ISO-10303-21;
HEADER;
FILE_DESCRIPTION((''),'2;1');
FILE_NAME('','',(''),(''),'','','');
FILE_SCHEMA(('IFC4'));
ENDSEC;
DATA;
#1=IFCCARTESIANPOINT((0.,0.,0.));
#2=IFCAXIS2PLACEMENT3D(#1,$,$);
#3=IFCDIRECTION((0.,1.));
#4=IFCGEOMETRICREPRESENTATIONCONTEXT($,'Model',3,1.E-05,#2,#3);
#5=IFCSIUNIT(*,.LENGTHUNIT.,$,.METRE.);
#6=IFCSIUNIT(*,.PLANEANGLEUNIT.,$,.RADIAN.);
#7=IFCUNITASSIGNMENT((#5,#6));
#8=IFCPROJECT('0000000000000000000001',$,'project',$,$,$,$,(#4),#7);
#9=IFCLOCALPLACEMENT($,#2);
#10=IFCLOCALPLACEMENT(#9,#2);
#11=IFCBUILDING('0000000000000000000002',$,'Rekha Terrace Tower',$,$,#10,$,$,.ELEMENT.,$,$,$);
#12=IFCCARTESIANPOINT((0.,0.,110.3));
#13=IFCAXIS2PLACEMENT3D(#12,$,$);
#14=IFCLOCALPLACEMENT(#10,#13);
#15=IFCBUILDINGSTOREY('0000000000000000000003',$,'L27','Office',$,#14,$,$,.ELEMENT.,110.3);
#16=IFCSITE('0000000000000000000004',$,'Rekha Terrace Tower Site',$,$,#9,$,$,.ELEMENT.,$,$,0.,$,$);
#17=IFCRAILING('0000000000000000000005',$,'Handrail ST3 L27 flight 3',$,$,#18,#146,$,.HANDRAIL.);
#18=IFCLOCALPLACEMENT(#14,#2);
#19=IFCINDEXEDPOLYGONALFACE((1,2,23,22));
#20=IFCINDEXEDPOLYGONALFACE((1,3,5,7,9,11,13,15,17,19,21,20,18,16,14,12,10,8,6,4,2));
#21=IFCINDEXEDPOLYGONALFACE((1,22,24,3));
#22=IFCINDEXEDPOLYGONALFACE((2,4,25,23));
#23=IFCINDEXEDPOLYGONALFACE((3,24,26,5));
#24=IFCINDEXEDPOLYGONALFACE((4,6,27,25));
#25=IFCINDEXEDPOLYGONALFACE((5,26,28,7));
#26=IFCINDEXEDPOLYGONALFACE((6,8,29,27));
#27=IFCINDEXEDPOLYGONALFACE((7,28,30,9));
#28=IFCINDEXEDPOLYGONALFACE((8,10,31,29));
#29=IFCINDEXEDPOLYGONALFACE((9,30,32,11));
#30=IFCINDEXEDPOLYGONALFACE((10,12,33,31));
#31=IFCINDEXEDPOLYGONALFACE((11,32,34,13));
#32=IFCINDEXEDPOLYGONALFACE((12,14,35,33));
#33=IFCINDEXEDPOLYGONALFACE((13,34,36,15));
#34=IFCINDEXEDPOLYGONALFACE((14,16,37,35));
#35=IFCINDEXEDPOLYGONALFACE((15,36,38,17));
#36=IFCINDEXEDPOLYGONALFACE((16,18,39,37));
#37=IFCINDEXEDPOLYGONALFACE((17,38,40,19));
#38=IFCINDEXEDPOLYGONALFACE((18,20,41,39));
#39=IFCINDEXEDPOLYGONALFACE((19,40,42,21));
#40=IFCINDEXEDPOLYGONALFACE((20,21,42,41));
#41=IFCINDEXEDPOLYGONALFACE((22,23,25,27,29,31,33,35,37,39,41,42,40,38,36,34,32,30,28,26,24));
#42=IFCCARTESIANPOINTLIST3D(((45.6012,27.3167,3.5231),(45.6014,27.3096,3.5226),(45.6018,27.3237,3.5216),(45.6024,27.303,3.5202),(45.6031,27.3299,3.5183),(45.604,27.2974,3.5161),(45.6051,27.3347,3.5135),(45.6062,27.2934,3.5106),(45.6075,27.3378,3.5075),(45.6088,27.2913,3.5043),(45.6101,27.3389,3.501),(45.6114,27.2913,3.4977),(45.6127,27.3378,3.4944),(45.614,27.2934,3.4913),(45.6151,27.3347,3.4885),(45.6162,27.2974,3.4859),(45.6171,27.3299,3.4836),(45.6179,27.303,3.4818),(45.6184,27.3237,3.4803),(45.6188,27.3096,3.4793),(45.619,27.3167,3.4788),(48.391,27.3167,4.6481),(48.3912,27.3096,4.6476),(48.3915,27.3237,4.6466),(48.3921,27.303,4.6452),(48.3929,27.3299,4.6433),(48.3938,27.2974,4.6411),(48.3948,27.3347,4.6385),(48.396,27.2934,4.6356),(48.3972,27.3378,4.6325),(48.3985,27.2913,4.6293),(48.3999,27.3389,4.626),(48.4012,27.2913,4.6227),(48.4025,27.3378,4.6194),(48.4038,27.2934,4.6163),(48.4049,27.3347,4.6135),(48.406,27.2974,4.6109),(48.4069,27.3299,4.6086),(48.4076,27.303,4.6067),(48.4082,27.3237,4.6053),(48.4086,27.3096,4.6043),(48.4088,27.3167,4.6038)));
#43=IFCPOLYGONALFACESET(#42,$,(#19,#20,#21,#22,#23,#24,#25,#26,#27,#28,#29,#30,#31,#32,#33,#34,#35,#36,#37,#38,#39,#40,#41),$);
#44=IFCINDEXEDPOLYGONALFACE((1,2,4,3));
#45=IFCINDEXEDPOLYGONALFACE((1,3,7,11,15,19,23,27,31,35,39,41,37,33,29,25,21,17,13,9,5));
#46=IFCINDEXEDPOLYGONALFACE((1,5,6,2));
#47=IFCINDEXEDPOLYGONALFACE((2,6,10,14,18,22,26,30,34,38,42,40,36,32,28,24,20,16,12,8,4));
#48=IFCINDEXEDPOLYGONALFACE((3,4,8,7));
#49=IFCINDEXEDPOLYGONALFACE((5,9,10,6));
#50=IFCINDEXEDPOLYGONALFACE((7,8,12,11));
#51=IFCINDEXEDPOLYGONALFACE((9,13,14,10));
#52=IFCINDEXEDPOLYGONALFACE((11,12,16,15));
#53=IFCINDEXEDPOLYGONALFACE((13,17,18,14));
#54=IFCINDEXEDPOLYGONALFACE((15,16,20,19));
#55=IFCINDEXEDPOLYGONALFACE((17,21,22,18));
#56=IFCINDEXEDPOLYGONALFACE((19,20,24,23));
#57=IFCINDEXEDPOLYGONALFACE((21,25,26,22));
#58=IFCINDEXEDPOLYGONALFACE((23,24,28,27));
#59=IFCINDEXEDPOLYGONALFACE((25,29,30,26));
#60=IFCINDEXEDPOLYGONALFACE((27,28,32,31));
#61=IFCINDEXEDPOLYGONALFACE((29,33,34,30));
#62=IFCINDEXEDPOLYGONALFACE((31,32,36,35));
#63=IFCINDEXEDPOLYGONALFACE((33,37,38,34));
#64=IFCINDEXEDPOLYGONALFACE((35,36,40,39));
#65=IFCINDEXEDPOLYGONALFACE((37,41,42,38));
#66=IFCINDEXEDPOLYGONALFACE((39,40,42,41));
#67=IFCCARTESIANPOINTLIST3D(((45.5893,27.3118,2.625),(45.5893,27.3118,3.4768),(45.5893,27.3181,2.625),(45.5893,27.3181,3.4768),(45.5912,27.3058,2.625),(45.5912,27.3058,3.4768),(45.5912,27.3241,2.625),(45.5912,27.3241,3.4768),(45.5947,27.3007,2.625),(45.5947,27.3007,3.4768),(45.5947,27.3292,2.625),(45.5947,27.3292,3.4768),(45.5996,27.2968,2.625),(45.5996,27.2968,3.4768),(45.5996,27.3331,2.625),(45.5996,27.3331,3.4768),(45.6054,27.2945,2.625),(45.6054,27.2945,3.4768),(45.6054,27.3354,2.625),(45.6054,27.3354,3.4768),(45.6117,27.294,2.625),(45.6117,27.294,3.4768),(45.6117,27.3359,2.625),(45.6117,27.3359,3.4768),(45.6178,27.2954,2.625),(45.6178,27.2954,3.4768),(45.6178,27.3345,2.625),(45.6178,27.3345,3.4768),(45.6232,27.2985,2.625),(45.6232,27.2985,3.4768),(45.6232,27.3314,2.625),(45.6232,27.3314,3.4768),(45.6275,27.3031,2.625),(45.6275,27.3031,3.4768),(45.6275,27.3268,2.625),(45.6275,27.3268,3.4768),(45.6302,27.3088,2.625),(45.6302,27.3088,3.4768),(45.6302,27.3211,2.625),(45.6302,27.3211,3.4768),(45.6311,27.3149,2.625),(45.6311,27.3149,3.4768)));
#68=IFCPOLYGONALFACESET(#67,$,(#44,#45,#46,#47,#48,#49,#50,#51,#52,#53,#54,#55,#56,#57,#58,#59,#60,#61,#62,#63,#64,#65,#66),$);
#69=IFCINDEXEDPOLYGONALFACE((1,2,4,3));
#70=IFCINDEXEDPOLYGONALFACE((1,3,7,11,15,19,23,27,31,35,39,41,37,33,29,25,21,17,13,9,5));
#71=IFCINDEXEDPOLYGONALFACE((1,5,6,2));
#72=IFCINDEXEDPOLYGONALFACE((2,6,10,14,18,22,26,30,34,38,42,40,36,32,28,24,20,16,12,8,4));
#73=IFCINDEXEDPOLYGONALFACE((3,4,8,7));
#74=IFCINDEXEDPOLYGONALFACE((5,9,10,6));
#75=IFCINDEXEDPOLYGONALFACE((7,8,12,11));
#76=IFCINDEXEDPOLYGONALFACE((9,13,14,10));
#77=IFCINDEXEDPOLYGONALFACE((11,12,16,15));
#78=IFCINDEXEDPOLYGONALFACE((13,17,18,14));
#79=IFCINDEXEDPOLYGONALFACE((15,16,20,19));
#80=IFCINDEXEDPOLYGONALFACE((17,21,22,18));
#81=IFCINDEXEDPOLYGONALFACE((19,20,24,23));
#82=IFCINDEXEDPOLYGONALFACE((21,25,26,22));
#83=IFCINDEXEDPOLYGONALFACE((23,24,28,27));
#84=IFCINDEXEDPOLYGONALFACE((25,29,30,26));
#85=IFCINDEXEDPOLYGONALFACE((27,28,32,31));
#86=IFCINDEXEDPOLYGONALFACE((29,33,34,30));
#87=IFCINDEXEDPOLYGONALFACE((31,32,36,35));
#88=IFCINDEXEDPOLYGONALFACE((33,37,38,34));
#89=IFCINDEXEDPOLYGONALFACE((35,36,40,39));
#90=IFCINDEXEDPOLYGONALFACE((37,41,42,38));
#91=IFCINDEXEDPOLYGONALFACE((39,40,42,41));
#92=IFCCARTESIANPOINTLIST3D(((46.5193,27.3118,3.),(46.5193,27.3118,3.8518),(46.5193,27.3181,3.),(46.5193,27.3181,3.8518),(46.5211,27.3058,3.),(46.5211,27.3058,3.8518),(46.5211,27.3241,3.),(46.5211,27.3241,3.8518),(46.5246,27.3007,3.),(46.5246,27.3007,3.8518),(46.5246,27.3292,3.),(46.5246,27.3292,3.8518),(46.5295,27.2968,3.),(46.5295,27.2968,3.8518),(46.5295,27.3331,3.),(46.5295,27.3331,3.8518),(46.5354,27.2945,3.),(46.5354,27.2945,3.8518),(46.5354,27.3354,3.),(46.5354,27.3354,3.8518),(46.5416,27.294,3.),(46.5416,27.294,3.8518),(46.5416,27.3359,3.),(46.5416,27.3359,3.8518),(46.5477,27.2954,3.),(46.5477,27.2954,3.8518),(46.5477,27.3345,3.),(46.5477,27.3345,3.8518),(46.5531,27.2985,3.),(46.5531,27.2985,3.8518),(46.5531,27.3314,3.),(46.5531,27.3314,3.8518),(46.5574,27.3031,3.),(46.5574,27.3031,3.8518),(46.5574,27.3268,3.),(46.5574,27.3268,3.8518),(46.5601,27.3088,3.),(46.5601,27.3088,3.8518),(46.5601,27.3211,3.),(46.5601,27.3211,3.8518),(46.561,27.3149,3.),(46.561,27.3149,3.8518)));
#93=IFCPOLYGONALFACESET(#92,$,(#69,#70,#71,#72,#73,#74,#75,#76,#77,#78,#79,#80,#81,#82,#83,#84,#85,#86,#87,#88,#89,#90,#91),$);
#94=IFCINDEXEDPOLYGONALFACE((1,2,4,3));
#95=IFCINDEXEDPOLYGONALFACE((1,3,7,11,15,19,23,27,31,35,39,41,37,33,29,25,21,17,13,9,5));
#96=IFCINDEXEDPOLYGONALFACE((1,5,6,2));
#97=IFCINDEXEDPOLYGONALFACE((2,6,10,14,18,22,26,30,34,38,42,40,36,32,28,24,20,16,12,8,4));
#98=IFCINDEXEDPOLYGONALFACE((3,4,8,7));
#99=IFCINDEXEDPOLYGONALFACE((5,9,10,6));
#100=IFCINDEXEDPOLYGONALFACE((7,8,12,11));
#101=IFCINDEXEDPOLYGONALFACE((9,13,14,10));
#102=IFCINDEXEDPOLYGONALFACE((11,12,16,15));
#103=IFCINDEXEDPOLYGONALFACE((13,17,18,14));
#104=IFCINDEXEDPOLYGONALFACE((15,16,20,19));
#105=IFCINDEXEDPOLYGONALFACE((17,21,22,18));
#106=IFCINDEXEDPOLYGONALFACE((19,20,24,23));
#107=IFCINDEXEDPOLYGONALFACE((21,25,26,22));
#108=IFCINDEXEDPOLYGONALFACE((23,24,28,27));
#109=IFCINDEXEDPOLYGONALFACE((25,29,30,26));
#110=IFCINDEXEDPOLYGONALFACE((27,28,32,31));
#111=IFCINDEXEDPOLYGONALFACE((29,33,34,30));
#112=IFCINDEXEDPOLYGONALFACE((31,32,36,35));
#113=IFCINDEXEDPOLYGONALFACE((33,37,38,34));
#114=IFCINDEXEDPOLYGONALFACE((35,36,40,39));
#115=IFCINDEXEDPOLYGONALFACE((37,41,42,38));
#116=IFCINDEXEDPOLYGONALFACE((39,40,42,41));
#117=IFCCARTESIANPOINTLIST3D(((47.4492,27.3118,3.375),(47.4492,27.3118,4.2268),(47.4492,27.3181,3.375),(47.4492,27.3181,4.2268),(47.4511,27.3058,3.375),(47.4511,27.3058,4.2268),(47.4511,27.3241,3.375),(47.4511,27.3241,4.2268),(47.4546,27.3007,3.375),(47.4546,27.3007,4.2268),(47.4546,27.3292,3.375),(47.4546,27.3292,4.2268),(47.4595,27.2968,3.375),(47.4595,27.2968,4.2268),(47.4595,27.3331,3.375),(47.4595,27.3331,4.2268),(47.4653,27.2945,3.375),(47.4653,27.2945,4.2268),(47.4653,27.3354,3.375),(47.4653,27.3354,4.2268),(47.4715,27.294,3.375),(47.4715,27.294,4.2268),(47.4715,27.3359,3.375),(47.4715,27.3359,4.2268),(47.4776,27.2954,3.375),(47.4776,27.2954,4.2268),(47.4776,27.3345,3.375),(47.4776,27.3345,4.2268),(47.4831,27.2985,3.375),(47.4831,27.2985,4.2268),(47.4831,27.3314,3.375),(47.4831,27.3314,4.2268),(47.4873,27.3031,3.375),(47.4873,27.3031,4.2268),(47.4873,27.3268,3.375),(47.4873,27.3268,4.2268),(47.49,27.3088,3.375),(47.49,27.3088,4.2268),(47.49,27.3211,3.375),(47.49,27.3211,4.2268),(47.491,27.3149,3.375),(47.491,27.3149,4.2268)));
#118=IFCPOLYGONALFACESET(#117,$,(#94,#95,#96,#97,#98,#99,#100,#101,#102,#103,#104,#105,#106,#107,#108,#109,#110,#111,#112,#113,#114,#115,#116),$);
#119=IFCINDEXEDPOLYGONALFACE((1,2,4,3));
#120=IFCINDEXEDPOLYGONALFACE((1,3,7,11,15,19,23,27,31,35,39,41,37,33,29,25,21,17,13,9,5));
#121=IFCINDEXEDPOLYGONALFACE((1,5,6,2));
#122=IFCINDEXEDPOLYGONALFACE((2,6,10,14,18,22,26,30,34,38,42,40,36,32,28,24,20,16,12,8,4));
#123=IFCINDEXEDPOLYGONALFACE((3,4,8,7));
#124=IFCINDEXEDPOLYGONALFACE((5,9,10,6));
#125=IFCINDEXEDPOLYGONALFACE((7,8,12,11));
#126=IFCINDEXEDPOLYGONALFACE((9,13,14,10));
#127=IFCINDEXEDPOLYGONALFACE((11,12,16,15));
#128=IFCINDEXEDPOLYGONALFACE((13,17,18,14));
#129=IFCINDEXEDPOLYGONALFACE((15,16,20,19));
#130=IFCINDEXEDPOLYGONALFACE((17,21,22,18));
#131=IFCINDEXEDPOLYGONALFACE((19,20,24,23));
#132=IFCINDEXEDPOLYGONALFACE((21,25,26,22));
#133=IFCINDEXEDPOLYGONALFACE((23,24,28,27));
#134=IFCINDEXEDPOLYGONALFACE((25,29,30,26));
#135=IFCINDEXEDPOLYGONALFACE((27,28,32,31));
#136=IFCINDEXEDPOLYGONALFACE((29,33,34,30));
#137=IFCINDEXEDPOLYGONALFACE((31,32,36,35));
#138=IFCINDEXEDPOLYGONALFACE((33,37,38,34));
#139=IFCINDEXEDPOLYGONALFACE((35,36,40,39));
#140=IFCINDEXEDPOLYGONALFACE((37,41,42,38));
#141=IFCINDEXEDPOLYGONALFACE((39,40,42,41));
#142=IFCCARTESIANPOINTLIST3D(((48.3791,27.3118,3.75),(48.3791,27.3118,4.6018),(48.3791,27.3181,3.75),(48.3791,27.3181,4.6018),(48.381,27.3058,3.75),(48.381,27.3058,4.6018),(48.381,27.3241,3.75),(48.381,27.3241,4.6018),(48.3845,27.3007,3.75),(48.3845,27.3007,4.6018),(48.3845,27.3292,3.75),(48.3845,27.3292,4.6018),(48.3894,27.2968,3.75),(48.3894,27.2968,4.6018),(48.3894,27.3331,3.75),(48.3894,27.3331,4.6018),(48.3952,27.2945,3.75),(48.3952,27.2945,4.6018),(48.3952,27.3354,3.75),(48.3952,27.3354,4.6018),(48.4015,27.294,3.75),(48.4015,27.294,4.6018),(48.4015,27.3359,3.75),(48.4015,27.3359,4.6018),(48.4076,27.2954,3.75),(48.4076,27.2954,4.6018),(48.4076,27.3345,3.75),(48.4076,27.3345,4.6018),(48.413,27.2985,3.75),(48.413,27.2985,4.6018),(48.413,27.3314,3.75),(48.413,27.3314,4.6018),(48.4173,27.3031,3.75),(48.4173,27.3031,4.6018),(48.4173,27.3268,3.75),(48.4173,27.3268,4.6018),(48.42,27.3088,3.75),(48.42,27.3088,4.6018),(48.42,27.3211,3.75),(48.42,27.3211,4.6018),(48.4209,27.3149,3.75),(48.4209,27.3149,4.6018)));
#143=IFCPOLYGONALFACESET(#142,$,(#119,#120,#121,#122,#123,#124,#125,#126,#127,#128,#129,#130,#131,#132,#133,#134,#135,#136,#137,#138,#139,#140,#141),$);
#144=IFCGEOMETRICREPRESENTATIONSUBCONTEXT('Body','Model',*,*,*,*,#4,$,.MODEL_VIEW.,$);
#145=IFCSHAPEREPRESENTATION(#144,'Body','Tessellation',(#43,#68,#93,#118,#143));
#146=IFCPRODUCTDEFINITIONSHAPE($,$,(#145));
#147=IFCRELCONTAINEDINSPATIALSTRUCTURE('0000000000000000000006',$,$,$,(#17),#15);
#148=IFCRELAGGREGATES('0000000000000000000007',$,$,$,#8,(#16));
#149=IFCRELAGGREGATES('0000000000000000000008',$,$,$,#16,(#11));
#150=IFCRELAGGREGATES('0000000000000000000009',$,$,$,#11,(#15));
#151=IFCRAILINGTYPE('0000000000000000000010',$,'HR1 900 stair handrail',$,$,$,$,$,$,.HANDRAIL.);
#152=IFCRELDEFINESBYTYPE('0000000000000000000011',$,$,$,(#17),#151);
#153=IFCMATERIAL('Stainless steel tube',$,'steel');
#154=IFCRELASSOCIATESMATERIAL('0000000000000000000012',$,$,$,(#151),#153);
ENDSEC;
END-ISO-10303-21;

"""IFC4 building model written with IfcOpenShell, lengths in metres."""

from ifc_helpers import new_model, si_unit, direction, frame, origin, origin_2d, place, context, subcontext, project, spatial, circle, extrude, material, type_object, element, save


model = new_model("IFC4")

# Units and contexts
model_context = context("Model", 3, precision=1e-05, world=origin(), true_north=direction((0.0, 1.0)))
body_context = subcontext(model_context, "Body", "Model", "MODEL_VIEW")
ifc_project = project(units=[si_unit("LENGTHUNIT", "METRE"), si_unit("PLANEANGLEUNIT", "RADIAN")], contexts=[model_context])

# Site, building, storey
site_placement = place(None, origin())
site = spatial("IfcSite", under=ifc_project, at=site_placement, Name="Rekha Terrace Tower Site", CompositionType="ELEMENT", RefElevation=0.0)
building_placement = place(site_placement, origin())
building = spatial("IfcBuilding", under=site, at=building_placement, Name="Rekha Terrace Tower", CompositionType="ELEMENT")
storey_placement = place(building_placement, frame((0.0, 0.0, 110.3)))
storey = spatial("IfcBuildingStorey", under=building, at=storey_placement, Name="L27", Description="Office", CompositionType="ELEMENT", Elevation=110.3)

# Railing
ifc_material_1 = material(Name="Stainless steel tube", Category="steel")
railing_type_1 = type_object("IfcRailingType", Name="HR1 900 stair handrail", PredefinedType="HANDRAIL", material=ifc_material_1)
railing_1_placement = place(storey_placement, frame((45.6101, 27.3149, 2.625)))
element("IfcRailing", 1, at=railing_1_placement, inside=storey, type_object=railing_type_1, Name="Handrail ST3 L27 flight 3", PredefinedType="HANDRAIL", context=body_context, shape_type="SweptSolid", body=[
    extrude(circle(Radius=0.0239, at=origin_2d()), frame((0.0, 0.0, 0.876), z_axis=(0.927432, 0.0, 0.373992), x_axis=(0.0, 1.0, 0.0)), (0.0, 0.0, 1.0), 3.0081),
    extrude(circle(Radius=0.021, at=origin_2d()), origin(), (0.0, 0.0, 1.0), 0.8518),
    extrude(circle(Radius=0.021, at=origin_2d()), frame((0.9299, 0.0, 0.375)), (0.0, 0.0, 1.0), 0.8518),
    extrude(circle(Radius=0.021, at=origin_2d()), frame((1.8599, 0.0, 0.75)), (0.0, 0.0, 1.0), 0.8518),
    extrude(circle(Radius=0.021, at=origin_2d()), frame((2.7898, 0.0, 1.125)), (0.0, 0.0, 1.0), 0.8518),
])

save(model, "model.ifc")
